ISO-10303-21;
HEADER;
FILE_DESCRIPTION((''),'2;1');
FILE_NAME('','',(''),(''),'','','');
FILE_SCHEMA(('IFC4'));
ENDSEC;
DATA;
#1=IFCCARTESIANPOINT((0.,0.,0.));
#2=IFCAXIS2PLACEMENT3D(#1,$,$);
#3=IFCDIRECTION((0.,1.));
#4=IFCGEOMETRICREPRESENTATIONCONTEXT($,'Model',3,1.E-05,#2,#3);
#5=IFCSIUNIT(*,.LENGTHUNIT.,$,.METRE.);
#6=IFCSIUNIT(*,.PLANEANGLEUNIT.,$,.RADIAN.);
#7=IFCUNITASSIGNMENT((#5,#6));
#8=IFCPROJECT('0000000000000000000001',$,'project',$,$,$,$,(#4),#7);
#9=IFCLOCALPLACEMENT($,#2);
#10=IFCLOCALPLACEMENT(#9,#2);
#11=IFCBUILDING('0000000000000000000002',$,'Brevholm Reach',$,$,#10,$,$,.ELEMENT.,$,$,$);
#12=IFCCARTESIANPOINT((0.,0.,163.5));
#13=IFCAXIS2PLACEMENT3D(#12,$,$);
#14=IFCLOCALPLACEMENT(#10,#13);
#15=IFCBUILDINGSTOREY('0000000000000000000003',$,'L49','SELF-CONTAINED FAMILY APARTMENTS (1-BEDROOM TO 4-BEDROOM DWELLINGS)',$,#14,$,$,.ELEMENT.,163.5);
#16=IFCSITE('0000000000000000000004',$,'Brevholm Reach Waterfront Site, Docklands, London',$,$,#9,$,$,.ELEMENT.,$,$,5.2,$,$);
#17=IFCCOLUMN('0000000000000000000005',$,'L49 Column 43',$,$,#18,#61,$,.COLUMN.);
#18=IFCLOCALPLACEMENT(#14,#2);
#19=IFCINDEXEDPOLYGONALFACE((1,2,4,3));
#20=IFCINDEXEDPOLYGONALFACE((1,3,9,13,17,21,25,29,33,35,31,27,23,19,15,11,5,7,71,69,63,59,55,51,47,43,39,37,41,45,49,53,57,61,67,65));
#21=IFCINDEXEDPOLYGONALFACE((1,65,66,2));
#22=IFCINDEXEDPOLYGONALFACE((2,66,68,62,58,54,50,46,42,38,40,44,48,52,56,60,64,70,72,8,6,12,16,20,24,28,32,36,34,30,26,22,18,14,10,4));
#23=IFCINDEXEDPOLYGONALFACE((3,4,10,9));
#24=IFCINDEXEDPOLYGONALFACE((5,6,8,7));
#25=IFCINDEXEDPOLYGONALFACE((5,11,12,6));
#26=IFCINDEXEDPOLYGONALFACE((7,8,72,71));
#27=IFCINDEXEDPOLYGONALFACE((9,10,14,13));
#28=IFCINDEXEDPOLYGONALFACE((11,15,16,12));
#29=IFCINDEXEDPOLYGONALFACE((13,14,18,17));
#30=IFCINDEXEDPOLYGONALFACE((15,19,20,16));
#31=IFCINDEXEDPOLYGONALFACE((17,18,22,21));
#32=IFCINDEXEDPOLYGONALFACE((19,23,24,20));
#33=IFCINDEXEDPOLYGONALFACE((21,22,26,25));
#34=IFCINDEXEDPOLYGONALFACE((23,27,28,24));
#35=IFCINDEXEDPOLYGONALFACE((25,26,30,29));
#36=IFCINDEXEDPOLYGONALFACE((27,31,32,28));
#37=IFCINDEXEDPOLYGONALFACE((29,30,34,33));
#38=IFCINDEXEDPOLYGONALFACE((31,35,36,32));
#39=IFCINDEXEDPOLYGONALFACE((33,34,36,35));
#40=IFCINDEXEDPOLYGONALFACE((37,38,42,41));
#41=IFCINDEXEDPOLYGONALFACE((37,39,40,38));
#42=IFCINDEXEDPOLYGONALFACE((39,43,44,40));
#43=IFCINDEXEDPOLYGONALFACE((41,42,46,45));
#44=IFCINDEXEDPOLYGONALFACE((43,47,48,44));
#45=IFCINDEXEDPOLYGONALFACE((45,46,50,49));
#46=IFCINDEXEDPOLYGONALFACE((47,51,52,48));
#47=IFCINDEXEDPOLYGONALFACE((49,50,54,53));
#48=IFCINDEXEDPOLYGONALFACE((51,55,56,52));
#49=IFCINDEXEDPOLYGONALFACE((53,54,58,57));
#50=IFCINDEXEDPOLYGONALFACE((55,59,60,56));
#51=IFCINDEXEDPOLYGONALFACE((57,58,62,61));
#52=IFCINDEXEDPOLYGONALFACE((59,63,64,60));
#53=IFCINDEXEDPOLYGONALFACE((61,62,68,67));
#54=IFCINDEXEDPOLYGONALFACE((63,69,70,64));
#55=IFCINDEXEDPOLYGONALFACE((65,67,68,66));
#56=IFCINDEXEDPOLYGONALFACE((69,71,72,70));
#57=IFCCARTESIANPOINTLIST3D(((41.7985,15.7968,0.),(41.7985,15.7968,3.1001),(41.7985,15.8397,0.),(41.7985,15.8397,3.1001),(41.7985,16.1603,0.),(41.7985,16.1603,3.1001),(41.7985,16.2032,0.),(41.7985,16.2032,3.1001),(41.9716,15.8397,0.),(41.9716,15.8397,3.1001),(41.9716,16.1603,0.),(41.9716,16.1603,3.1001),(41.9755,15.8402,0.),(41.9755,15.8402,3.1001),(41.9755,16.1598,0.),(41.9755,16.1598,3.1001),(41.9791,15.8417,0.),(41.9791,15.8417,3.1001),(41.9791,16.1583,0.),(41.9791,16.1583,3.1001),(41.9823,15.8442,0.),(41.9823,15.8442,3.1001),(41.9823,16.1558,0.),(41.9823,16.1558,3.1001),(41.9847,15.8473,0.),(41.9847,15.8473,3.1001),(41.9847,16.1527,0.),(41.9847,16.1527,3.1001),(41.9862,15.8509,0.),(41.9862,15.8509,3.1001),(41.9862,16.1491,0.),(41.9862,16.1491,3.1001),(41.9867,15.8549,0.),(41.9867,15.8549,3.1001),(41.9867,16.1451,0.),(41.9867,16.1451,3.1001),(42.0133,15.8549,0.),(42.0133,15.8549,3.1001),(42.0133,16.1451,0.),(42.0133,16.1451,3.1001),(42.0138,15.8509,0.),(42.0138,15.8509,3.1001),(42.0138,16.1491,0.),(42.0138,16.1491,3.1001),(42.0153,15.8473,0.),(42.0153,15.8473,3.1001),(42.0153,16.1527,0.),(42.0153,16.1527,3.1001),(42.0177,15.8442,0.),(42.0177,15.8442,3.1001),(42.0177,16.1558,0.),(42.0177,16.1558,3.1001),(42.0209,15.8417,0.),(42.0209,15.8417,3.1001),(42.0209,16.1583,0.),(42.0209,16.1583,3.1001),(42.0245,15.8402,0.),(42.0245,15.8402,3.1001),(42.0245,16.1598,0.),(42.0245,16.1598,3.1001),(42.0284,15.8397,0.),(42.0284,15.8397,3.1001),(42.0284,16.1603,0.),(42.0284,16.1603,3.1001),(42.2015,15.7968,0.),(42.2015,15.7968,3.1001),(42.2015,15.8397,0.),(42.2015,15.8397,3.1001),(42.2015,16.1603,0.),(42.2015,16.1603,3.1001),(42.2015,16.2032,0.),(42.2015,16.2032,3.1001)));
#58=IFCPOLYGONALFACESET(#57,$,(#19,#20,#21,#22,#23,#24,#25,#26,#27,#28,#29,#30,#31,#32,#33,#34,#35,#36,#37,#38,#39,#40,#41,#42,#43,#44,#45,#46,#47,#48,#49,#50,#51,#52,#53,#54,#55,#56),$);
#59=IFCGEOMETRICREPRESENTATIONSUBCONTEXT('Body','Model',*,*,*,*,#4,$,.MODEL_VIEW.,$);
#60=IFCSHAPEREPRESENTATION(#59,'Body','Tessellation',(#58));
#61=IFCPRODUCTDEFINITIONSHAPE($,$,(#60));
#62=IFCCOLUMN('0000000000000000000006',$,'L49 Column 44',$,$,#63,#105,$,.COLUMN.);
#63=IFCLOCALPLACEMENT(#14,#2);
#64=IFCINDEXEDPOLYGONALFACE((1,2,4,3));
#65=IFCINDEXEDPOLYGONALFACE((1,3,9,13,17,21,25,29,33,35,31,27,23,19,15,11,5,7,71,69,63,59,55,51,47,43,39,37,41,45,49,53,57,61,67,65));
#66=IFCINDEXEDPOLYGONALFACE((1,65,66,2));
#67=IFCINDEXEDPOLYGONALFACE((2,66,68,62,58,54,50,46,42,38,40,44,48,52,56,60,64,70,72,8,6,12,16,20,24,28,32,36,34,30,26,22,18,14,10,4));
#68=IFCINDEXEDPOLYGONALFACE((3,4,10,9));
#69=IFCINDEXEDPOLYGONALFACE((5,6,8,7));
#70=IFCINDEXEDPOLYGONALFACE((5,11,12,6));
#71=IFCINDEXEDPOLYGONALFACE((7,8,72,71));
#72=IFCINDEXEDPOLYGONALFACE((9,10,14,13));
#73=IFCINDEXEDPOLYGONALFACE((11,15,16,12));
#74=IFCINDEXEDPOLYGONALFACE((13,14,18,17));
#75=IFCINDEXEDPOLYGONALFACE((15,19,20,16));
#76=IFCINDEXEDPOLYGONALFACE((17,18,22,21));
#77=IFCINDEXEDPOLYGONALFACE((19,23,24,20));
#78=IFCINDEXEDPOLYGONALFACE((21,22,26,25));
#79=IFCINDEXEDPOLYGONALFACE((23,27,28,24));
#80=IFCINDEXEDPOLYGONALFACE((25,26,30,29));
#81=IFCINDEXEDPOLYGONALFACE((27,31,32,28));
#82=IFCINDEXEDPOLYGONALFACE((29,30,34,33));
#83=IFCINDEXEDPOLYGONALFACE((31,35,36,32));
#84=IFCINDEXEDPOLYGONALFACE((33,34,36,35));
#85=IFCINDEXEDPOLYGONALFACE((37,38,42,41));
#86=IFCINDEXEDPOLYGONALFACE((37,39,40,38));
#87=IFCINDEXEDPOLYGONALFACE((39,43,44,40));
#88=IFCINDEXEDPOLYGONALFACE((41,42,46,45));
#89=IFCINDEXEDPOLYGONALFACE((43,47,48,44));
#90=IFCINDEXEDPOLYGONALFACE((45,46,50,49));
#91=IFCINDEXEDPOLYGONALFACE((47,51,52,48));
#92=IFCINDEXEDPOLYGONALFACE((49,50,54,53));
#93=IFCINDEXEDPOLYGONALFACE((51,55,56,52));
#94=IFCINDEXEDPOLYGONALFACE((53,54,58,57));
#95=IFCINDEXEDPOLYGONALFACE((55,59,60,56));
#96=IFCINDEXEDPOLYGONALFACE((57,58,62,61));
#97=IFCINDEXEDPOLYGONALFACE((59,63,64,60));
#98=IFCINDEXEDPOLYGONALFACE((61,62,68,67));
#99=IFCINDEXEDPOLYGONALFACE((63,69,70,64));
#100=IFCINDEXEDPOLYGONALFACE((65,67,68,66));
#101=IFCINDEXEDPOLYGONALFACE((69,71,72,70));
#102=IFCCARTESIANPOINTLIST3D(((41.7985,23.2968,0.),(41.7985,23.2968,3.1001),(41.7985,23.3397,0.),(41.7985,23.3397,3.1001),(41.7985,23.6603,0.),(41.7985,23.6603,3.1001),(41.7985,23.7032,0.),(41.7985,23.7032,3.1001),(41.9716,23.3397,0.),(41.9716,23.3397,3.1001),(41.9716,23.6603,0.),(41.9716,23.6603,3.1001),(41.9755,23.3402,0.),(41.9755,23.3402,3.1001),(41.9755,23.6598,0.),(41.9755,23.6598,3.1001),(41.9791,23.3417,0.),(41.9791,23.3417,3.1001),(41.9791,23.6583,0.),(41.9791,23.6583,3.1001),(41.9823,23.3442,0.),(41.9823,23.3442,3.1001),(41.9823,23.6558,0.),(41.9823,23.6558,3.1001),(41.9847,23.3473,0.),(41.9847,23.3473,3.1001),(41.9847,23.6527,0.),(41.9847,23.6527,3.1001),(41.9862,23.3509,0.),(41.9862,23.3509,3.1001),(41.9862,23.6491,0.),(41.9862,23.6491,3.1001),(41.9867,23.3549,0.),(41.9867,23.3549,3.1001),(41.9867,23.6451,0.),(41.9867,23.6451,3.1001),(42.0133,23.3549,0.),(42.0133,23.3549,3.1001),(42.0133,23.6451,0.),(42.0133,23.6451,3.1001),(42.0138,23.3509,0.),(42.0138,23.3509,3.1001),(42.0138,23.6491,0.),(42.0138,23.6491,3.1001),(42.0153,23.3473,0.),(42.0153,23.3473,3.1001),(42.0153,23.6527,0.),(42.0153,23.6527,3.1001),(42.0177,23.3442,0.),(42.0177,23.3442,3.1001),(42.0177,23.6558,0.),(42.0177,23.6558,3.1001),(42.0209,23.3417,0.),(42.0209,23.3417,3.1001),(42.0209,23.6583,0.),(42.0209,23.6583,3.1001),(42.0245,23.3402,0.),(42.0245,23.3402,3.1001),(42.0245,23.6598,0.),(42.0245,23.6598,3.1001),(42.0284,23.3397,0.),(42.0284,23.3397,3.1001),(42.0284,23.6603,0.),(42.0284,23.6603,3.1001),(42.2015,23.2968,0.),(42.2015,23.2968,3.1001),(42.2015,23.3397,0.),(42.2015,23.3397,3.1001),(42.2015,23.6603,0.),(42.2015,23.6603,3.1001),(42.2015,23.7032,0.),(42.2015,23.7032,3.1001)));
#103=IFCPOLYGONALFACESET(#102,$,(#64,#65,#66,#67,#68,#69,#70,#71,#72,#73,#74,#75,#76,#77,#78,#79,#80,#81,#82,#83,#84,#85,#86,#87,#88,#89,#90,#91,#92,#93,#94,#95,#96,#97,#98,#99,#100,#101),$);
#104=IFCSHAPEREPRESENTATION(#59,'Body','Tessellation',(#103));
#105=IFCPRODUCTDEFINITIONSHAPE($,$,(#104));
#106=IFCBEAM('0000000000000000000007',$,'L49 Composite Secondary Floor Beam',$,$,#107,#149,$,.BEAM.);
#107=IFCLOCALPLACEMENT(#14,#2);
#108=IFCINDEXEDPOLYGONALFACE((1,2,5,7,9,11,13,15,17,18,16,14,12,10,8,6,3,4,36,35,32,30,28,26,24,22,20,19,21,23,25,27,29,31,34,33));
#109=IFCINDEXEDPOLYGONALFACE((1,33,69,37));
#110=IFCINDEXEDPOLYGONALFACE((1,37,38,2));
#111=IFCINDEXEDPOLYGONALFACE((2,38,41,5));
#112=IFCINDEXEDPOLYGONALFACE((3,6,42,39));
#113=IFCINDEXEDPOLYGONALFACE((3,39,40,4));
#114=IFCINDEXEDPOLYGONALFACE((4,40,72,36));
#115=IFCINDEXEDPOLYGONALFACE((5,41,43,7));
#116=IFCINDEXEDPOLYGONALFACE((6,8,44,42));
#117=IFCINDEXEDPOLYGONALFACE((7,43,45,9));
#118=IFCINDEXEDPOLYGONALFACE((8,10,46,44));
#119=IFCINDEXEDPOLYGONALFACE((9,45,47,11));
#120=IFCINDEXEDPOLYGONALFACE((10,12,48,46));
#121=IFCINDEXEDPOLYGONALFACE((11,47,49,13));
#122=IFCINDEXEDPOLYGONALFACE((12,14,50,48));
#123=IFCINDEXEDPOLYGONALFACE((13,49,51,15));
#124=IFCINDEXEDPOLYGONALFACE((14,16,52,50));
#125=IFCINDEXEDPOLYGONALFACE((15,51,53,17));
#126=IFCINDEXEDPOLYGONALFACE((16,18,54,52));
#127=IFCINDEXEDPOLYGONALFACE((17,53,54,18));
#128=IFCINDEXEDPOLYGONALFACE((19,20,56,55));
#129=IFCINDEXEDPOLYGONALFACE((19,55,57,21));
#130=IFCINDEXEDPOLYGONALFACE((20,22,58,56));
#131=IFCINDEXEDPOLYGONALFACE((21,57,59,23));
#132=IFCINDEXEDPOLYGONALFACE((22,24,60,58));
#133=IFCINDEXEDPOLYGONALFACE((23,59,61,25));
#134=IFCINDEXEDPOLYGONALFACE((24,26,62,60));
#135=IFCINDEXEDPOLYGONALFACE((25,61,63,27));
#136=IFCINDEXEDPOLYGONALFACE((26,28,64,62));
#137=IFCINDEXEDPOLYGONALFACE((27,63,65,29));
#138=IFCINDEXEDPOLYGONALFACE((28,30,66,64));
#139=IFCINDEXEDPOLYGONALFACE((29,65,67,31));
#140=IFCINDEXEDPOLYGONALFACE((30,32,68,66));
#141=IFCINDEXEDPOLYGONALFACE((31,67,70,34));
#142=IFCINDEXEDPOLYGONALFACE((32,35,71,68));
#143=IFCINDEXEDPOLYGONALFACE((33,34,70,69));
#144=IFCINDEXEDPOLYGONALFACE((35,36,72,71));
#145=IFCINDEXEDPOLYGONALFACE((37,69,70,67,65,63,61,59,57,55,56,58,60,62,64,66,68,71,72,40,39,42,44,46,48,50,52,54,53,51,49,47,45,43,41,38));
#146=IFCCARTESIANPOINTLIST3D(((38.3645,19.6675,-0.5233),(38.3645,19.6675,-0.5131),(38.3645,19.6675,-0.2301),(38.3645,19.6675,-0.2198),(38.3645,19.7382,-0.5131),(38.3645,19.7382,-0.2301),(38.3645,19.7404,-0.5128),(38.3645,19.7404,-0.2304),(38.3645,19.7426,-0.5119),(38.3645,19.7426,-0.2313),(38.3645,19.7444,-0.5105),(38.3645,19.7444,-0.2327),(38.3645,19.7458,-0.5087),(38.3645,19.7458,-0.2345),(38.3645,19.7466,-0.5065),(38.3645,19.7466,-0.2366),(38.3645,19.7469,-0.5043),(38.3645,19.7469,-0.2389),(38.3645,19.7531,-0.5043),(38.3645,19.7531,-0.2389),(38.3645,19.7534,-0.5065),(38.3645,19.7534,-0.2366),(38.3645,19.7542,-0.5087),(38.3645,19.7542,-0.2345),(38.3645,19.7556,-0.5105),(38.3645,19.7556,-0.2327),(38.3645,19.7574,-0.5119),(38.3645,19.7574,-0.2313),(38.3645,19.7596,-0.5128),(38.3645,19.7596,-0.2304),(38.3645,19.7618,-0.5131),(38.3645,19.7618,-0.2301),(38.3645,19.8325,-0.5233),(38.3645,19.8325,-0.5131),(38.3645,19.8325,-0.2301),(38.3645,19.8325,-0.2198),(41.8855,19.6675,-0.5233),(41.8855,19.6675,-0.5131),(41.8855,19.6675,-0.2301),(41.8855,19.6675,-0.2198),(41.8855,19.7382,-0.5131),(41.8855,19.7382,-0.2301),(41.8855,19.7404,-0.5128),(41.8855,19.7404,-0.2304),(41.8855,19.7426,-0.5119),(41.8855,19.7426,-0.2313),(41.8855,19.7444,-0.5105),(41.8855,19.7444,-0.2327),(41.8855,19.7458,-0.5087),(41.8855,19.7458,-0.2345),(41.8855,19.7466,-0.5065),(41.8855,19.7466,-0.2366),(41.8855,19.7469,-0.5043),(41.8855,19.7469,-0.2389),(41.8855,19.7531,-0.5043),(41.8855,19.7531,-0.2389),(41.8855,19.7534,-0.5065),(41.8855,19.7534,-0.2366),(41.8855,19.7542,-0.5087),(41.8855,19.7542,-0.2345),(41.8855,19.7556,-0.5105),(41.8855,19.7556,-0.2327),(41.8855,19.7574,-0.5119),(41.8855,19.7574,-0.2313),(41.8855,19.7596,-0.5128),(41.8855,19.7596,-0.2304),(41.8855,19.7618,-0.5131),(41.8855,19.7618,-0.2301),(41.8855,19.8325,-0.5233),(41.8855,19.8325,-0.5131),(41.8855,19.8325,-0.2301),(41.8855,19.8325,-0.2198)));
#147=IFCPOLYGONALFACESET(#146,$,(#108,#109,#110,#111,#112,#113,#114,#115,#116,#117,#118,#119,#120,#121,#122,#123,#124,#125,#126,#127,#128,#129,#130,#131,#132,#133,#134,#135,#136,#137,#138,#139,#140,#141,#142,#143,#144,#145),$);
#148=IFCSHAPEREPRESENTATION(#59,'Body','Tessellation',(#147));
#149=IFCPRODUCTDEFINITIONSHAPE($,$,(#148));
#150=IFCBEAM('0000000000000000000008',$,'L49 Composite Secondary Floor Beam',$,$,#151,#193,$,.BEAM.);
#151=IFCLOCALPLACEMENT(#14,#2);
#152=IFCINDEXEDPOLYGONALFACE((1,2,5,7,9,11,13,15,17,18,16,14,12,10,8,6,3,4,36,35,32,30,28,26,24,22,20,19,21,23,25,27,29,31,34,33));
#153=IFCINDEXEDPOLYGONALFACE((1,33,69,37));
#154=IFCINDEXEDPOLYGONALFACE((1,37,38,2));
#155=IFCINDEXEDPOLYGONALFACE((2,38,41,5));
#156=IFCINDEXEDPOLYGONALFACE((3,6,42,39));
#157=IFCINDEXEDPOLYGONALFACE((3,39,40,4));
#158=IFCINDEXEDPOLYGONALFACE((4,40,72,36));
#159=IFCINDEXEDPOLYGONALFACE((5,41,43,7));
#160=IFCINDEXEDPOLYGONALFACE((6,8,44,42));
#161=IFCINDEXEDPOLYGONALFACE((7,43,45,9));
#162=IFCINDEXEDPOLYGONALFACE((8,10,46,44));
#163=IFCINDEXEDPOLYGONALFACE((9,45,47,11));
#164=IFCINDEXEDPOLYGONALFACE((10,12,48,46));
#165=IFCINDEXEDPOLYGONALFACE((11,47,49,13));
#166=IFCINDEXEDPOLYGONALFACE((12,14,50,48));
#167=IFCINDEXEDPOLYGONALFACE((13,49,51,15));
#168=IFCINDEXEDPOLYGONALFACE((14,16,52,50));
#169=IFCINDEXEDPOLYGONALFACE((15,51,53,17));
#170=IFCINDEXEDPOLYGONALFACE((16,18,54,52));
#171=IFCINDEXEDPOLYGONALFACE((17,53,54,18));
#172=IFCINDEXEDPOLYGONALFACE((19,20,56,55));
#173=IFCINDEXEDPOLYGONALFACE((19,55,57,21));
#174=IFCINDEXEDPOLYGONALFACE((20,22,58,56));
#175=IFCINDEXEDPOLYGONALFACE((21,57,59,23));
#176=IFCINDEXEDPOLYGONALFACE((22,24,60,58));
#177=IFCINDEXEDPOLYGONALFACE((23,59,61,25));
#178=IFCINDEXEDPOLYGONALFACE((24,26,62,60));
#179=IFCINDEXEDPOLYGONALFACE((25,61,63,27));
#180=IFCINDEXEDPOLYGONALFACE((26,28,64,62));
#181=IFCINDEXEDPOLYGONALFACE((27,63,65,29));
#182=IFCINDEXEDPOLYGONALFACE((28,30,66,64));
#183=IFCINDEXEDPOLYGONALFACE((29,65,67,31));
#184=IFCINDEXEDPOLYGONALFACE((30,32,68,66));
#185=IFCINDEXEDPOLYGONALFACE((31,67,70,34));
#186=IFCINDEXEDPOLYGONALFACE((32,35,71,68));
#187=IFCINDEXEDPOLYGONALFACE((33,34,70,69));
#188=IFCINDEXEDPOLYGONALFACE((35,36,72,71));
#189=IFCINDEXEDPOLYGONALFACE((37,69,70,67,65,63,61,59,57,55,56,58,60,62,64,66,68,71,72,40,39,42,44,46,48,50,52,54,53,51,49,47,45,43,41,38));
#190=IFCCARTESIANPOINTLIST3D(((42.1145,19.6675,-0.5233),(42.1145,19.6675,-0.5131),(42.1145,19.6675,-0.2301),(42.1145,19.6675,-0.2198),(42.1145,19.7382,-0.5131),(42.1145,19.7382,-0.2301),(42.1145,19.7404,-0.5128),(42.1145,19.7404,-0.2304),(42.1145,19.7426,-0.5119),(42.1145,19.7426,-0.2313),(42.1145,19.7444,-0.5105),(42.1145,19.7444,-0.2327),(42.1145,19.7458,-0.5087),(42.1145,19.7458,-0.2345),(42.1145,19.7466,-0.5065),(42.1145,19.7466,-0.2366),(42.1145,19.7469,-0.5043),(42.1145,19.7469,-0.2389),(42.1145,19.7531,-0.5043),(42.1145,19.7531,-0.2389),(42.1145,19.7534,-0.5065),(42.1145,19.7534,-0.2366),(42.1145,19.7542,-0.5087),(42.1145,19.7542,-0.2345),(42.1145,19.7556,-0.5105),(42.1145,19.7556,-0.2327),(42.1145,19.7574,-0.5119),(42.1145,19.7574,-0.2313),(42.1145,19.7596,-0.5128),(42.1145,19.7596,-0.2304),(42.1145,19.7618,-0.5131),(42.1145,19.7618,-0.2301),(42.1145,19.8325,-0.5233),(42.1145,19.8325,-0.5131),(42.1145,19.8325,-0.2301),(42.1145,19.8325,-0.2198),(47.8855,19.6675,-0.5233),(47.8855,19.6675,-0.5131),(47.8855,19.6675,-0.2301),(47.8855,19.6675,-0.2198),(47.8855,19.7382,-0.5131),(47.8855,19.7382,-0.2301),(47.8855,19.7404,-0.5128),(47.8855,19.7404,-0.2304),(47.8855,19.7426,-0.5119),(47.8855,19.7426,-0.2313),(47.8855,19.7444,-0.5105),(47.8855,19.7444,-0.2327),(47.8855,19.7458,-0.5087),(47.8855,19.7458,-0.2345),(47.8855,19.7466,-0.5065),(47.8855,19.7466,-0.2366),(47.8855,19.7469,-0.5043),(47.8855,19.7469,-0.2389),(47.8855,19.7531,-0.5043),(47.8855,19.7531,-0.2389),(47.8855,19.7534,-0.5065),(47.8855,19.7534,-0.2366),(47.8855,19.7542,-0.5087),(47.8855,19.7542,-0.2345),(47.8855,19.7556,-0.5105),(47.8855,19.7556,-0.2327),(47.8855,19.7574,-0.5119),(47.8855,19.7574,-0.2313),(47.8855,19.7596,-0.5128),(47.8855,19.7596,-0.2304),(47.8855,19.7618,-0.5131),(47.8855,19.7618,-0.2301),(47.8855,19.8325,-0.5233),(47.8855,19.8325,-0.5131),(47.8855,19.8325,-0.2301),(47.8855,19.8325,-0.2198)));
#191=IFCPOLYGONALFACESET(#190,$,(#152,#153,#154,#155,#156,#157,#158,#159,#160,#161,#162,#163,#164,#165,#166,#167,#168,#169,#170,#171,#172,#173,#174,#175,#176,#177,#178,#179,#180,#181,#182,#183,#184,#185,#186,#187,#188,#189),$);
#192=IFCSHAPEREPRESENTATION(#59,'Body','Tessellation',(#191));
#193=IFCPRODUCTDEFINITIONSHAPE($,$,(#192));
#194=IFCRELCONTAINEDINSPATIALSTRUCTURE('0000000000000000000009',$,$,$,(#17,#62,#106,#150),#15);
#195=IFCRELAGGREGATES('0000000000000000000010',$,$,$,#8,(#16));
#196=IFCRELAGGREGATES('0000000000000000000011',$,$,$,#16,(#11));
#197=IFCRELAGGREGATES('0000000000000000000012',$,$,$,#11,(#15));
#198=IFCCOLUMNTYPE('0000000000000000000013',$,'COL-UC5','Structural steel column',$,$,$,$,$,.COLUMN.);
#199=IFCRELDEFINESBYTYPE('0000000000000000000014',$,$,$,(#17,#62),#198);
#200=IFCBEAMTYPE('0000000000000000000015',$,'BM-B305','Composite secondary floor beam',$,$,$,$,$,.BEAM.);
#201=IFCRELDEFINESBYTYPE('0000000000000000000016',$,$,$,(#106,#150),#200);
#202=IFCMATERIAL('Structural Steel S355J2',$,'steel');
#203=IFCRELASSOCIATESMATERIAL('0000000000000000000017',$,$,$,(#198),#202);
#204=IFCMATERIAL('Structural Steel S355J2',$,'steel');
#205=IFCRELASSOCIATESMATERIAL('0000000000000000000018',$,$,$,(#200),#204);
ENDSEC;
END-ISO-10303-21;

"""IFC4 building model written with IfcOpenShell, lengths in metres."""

from ifc_helpers import new_model, si_unit, direction, frame, origin, origin_2d, place, context, subcontext, project, spatial, i_section, extrude, material, material_profile, profile_set, type_object, element, save


model = new_model("IFC4")

# Units and contexts
model_context = context("Model", 3, precision=1e-05, world=origin(), true_north=direction((0.0, 1.0)))
body_context = subcontext(model_context, "Body", "Model", "MODEL_VIEW")
ifc_project = project(units=[si_unit("LENGTHUNIT", "METRE"), si_unit("PLANEANGLEUNIT", "RADIAN")], contexts=[model_context])

# Site, building, storey
site_placement = place(None, origin())
site = spatial("IfcSite", under=ifc_project, at=site_placement, Name="Brevholm Reach Waterfront Site, Docklands, London", CompositionType="ELEMENT", RefElevation=5.2)
building_placement = place(site_placement, origin())
building = spatial("IfcBuilding", under=site, at=building_placement, Name="Brevholm Reach", CompositionType="ELEMENT")
storey_placement = place(building_placement, frame((0.0, 0.0, 163.5)))
storey = spatial("IfcBuildingStorey", under=building, at=storey_placement, Name="L49", Description="SELF-CONTAINED FAMILY APARTMENTS (1-BEDROOM TO 4-BEDROOM DWELLINGS)", CompositionType="ELEMENT", Elevation=163.5)

# Columns
ifc_material_1 = material(Name="Structural Steel S355J2", Category="steel")
ifc_material_profile_1 = material_profile(ifc_material_1, i_section(OverallWidth=0.4031, OverallDepth=0.4065, WebThickness=0.0266, FlangeThickness=0.043, FilletRadius=0.0151, at=origin_2d()), Name="UKC 356x406x340")
ifc_profile_set_1 = profile_set([ifc_material_profile_1], Name="Structural Steel S355J2")
column_type = type_object("IfcColumnType", Name="COL-UC5", Description="Structural steel column", PredefinedType="COLUMN", material=ifc_profile_set_1)
for number, where, z_axis, x_axis, name in (
    (1, (42.0, 16.0, 0.0), (0.0, 0.0, 1.0), (1.0, 0.0, 0.0), "L49 Column 43"),
    (2, (42.0, 23.5, 0.0), (0.0, 0.0, 1.0), (1.0, 0.0, 0.0), "L49 Column 44"),
):
    element("IfcColumn", number, at=place(storey_placement, frame(where, z_axis=z_axis, x_axis=x_axis)), inside=storey, type_object=column_type, Name=name, PredefinedType="COLUMN", context=body_context, shape_type="SweptSolid", body=[
        extrude(i_section(OverallWidth=0.4031, OverallDepth=0.4065, WebThickness=0.0266, FlangeThickness=0.043, FilletRadius=0.0151, at=origin_2d()), origin(), (0.0, 0.0, 1.0), 3.1001),
    ])

# Beams
ifc_material_2 = material(Name="Structural Steel S355J2", Category="steel")
ifc_material_profile_2 = material_profile(ifc_material_2, i_section(OverallWidth=0.165, OverallDepth=0.3035, WebThickness=0.0061, FlangeThickness=0.0103, FilletRadius=0.0088, at=origin_2d()), Name="UKB 305x165x40")
ifc_profile_set_2 = profile_set([ifc_material_profile_2], Name="Structural Steel S355J2")
beam_type_1 = type_object("IfcBeamType", Name="BM-B305", Description="Composite secondary floor beam", PredefinedType="BEAM", material=ifc_profile_set_2)
beam_1_placement = place(storey_placement, frame((38.3645, 19.75, -0.3716), z_axis=(1.0, 0.0, 0.0), x_axis=(0.0, 1.0, 0.0)))
element("IfcBeam", 3, at=beam_1_placement, inside=storey, type_object=beam_type_1, Name="L49 Composite Secondary Floor Beam", PredefinedType="BEAM", context=body_context, shape_type="SweptSolid", body=[
    extrude(i_section(OverallWidth=0.165, OverallDepth=0.3035, WebThickness=0.0061, FlangeThickness=0.0103, FilletRadius=0.0088, at=origin_2d()), origin(), (0.0, 0.0, 1.0), 3.521),
])
beam_2_placement = place(storey_placement, frame((42.1145, 19.75, -0.3716), z_axis=(1.0, 0.0, 0.0), x_axis=(0.0, 1.0, 0.0)))
element("IfcBeam", 4, at=beam_2_placement, inside=storey, type_object=beam_type_1, Name="L49 Composite Secondary Floor Beam", PredefinedType="BEAM", context=body_context, shape_type="SweptSolid", body=[
    extrude(i_section(OverallWidth=0.165, OverallDepth=0.3035, WebThickness=0.0061, FlangeThickness=0.0103, FilletRadius=0.0088, at=origin_2d()), origin(), (0.0, 0.0, 1.0), 5.771),
])

save(model, "model.ifc")
